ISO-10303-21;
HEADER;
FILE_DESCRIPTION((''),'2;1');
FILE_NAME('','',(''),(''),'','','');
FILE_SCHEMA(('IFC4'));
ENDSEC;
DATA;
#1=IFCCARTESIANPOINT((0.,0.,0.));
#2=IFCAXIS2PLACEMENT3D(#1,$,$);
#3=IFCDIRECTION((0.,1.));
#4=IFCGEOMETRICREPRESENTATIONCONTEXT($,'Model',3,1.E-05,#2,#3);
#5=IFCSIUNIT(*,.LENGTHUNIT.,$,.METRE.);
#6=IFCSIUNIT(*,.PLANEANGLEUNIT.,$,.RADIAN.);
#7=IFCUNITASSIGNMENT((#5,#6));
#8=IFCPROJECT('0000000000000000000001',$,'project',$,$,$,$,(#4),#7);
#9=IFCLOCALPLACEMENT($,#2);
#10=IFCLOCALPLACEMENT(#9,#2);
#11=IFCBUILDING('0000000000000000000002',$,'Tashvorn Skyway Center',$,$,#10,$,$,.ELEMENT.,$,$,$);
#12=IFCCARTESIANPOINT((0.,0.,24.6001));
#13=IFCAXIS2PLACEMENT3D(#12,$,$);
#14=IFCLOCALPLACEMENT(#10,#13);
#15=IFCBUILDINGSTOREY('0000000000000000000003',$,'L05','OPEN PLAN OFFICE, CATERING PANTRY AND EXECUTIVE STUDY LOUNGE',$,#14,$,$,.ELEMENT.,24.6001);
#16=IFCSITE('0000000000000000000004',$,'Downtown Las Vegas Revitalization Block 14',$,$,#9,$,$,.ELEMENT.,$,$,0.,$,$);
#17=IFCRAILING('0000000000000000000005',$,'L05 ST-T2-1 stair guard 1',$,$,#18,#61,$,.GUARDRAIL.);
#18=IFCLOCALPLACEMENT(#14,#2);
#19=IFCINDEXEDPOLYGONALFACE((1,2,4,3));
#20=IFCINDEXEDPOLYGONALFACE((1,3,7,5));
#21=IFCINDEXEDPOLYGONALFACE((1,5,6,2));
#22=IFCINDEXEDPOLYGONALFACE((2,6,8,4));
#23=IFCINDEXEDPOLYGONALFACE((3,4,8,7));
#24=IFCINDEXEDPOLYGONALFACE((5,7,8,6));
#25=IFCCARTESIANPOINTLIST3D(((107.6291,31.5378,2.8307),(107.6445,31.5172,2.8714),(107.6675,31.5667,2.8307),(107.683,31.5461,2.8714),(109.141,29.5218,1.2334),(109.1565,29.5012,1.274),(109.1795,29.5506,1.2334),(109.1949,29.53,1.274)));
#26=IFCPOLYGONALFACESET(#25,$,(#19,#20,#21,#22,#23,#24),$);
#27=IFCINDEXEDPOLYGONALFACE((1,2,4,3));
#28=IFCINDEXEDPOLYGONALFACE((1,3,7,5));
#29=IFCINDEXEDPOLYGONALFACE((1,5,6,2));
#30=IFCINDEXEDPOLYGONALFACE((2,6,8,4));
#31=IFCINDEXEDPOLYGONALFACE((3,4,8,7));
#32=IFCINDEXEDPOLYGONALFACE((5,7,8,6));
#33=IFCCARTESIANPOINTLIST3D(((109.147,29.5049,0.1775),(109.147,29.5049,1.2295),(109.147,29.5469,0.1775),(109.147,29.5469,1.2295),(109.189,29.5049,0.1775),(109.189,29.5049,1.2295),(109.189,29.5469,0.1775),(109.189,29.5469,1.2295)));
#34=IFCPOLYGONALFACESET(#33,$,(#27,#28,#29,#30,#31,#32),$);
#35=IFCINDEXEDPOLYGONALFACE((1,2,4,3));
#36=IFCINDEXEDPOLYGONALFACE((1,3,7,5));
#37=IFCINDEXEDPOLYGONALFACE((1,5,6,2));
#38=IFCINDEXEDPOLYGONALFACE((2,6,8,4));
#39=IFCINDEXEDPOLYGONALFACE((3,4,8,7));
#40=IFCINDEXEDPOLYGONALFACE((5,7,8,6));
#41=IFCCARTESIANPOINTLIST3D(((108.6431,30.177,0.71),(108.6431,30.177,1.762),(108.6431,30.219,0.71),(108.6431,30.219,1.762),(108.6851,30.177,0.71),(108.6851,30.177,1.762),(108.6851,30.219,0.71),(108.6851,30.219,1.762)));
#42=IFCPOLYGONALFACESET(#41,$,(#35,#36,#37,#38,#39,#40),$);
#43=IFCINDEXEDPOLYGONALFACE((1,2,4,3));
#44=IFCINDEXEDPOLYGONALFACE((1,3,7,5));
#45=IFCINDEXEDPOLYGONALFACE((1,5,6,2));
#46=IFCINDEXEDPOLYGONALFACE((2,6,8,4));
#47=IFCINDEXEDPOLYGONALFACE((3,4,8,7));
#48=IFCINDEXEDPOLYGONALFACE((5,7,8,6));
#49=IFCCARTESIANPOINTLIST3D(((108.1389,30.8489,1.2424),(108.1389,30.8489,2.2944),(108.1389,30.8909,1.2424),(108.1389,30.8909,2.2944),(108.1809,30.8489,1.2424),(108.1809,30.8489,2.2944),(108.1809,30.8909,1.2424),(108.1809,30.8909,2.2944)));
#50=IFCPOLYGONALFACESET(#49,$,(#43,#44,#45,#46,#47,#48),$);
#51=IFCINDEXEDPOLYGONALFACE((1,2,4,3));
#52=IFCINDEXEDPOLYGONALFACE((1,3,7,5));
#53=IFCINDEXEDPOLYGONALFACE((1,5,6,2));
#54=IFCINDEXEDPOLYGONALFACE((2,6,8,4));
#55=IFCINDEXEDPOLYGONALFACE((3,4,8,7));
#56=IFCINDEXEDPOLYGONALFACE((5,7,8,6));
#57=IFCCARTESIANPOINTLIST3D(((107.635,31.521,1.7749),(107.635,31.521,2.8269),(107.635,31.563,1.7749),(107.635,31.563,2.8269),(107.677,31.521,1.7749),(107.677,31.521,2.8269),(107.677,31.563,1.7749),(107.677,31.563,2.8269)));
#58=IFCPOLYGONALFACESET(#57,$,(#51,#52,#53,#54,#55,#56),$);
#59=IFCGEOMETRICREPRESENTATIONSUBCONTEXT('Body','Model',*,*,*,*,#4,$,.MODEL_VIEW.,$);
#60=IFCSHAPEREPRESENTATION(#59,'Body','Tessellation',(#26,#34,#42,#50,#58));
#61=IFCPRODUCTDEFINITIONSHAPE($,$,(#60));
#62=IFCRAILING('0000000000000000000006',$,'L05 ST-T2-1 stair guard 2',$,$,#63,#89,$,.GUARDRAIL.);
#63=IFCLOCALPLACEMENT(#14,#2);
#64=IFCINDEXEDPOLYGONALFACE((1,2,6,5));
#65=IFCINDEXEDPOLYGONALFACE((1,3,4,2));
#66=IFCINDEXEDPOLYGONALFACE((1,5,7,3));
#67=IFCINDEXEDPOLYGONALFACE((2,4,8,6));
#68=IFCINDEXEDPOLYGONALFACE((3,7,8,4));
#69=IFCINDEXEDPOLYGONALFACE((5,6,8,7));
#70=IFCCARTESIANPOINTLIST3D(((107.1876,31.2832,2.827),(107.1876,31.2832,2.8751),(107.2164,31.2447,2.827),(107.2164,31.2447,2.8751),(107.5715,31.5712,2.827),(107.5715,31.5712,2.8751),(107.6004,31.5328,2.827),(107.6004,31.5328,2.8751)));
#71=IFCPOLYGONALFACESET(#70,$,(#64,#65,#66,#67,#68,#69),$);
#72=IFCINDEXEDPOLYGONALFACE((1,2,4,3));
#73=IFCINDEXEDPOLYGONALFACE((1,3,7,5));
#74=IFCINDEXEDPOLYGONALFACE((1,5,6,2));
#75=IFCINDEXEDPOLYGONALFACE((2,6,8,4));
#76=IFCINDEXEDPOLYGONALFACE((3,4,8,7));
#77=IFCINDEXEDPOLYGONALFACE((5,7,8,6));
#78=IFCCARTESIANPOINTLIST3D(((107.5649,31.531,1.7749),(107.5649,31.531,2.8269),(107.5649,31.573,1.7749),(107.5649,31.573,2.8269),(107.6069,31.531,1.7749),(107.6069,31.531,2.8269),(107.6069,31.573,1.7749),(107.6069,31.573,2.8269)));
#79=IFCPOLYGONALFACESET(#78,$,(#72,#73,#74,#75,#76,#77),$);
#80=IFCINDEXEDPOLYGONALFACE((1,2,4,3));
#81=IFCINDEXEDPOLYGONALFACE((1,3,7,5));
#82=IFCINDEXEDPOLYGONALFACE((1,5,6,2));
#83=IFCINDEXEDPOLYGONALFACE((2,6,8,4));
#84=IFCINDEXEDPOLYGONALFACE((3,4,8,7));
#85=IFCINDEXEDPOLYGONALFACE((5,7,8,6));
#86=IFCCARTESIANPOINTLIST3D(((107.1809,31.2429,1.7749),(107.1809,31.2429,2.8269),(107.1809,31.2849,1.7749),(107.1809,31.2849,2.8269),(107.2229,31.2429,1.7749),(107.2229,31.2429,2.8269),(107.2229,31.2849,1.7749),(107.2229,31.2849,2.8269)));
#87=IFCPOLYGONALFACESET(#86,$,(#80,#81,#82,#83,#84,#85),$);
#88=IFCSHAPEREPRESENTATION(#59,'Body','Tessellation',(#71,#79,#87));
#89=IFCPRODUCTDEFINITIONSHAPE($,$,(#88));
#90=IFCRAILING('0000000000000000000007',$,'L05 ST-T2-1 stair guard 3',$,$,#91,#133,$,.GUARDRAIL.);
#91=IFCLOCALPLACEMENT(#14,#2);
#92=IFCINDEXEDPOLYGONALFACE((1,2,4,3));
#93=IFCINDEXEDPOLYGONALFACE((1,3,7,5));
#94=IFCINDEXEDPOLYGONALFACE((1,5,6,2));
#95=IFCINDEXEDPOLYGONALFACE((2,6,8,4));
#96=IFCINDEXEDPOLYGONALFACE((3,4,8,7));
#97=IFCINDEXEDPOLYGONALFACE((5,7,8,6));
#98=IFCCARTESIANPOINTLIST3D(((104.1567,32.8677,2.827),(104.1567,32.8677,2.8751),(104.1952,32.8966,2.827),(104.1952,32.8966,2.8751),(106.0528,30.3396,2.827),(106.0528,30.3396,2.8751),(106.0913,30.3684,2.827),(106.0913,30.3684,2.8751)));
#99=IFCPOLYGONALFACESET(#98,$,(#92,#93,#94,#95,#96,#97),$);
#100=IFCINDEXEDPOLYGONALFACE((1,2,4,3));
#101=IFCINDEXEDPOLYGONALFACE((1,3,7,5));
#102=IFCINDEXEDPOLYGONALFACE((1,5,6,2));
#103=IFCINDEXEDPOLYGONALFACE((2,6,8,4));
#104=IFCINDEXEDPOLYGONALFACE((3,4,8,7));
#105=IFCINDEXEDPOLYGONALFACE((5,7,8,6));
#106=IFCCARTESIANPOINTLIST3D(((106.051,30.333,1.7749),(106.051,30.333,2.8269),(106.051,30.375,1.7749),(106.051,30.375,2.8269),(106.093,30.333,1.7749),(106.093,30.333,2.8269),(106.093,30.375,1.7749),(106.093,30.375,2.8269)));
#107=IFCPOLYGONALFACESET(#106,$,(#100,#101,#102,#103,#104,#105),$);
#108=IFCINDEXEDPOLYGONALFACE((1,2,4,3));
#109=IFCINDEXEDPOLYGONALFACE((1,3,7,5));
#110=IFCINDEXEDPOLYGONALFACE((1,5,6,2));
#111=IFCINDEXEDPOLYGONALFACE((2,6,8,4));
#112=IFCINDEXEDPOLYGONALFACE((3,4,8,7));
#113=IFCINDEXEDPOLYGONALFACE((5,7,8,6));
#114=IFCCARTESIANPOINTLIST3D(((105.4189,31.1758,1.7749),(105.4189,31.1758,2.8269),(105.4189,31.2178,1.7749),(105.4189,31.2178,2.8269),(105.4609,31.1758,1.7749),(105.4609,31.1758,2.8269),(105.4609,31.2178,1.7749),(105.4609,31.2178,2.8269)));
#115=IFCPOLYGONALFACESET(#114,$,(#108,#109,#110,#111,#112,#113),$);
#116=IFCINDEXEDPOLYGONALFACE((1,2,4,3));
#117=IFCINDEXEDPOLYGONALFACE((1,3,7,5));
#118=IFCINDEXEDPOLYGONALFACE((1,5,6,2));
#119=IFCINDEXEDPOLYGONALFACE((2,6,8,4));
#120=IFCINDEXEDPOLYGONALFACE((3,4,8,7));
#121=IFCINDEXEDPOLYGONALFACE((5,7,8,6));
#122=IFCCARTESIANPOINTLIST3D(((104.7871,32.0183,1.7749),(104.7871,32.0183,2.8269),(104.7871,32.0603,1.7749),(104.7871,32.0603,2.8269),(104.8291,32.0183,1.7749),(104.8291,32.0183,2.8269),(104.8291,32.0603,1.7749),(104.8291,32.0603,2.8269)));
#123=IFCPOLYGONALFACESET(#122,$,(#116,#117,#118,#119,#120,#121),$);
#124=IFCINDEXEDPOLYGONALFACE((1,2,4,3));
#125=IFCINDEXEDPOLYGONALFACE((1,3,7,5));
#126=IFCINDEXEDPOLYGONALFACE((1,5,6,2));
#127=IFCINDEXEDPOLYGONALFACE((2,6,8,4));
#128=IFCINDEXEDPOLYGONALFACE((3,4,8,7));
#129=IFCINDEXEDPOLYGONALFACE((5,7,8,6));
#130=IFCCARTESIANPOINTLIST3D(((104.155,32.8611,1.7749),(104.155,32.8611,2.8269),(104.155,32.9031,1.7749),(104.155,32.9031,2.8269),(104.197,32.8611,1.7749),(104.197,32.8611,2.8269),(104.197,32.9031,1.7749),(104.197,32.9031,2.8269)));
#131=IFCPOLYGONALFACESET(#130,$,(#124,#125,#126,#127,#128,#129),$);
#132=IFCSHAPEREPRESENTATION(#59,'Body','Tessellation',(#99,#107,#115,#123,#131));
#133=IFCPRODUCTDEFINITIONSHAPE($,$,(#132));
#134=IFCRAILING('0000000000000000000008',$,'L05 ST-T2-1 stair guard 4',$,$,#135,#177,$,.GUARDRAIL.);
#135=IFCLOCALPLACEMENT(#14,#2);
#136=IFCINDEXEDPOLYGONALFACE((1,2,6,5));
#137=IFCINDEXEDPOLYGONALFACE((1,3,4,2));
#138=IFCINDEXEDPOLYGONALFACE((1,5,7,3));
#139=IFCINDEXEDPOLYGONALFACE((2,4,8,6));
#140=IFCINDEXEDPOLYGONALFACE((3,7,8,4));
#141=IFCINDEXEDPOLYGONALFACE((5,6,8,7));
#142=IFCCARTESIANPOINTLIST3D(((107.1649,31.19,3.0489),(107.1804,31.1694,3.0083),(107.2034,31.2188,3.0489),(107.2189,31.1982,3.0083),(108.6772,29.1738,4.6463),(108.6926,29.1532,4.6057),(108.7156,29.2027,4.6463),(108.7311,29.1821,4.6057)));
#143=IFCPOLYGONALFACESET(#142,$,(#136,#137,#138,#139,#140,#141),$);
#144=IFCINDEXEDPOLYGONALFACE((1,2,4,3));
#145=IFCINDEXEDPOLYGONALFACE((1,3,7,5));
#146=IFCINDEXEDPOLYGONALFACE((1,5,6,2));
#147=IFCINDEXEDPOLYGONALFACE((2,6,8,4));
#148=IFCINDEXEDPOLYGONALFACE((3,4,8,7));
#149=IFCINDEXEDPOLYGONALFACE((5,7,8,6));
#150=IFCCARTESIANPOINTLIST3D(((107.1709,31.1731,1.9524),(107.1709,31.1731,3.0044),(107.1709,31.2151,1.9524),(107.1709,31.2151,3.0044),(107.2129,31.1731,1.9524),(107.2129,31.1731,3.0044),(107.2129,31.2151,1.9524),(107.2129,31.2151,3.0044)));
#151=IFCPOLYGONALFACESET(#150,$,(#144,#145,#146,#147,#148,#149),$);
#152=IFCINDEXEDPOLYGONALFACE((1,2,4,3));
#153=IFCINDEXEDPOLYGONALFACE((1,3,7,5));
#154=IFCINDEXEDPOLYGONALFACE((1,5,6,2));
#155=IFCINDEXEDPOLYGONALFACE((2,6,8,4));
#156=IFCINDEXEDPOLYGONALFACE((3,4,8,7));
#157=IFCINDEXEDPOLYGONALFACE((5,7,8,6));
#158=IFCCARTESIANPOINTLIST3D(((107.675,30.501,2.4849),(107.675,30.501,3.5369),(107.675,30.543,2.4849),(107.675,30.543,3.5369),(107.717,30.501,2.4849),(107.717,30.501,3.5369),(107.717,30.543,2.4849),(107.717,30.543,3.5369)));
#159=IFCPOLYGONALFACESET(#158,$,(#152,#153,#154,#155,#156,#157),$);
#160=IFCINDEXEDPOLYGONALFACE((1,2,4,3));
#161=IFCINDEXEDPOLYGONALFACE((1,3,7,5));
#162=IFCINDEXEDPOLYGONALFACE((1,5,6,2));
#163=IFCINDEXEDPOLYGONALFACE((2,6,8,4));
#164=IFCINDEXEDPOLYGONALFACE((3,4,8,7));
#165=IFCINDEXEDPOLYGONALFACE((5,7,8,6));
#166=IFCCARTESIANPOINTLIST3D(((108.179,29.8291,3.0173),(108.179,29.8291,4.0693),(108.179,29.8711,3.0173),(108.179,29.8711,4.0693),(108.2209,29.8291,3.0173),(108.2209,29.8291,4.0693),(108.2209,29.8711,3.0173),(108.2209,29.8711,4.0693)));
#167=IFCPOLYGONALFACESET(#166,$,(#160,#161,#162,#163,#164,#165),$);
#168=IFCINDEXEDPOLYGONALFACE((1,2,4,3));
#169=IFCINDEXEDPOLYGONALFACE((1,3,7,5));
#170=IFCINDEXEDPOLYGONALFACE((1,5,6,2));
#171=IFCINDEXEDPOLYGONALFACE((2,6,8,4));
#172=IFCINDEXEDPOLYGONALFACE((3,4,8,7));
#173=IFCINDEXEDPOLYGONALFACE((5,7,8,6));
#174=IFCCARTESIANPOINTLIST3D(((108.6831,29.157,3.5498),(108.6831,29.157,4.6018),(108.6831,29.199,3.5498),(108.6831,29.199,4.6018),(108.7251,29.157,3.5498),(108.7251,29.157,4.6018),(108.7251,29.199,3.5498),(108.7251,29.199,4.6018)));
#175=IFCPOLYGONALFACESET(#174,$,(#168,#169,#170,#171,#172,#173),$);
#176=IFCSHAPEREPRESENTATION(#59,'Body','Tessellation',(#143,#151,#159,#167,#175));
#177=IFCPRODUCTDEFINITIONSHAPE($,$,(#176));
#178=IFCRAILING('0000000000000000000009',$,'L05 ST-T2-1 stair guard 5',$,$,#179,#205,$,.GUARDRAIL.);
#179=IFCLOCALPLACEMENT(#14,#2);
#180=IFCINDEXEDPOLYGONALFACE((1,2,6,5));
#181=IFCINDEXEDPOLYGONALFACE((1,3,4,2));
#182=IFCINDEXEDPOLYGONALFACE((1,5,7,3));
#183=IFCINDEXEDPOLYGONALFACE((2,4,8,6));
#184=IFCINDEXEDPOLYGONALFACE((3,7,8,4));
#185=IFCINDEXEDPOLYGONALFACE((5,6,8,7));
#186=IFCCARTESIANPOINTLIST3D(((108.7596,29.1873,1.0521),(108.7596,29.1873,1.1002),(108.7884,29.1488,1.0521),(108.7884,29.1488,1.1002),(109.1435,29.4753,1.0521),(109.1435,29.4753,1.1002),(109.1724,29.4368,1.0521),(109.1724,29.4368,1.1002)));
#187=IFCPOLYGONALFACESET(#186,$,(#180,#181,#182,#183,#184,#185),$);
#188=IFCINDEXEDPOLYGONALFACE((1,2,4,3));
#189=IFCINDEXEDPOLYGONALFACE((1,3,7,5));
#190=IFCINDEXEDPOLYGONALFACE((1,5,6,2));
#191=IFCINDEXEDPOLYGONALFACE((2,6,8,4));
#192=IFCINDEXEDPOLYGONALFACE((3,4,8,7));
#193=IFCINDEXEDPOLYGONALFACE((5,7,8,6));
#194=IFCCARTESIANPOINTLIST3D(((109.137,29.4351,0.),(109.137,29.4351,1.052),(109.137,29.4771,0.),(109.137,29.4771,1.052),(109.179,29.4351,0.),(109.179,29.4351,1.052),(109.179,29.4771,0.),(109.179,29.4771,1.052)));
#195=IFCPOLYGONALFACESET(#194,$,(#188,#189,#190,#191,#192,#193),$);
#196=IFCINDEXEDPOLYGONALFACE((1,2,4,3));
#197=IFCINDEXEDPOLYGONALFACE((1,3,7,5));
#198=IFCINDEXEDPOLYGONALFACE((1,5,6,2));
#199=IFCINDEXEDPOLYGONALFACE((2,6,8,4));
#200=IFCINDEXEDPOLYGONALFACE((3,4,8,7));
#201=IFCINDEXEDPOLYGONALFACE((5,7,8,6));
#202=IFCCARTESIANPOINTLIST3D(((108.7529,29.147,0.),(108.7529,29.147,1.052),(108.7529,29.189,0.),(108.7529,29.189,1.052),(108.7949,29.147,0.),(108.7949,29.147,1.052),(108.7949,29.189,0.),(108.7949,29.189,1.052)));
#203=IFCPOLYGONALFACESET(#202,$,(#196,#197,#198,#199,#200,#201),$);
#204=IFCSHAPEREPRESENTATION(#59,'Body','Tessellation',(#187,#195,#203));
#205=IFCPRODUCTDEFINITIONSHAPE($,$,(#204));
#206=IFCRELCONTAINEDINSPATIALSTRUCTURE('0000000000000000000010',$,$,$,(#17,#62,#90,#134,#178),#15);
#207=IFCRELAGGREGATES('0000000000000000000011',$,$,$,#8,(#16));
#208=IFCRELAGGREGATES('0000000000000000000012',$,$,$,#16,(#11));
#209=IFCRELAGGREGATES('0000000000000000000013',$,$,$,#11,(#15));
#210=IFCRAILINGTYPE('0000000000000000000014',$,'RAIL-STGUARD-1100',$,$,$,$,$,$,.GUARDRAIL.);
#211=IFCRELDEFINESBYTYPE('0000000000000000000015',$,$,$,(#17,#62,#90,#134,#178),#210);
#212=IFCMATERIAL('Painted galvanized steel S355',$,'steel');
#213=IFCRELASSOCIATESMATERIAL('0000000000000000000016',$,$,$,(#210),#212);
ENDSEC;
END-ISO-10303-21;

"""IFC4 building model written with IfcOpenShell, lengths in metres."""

from ifc_helpers import new_model, si_unit, direction, frame, origin, origin_2d, place, context, subcontext, project, spatial, rectangle, extrude, material, type_object, element, save


model = new_model("IFC4")

# Units and contexts
model_context = context("Model", 3, precision=1e-05, world=origin(), true_north=direction((0.0, 1.0)))
body_context = subcontext(model_context, "Body", "Model", "MODEL_VIEW")
ifc_project = project(units=[si_unit("LENGTHUNIT", "METRE"), si_unit("PLANEANGLEUNIT", "RADIAN")], contexts=[model_context])

# Site, building, storey
site_placement = place(None, origin())
site = spatial("IfcSite", under=ifc_project, at=site_placement, Name="Downtown Las Vegas Revitalization Block 14", CompositionType="ELEMENT", RefElevation=0.0)
building_placement = place(site_placement, origin())
building = spatial("IfcBuilding", under=site, at=building_placement, Name="Tashvorn Skyway Center", CompositionType="ELEMENT")
storey_placement = place(building_placement, frame((0.0, 0.0, 24.6001)))
storey = spatial("IfcBuildingStorey", under=building, at=storey_placement, Name="L05", Description="OPEN PLAN OFFICE, CATERING PANTRY AND EXECUTIVE STUDY LOUNGE", CompositionType="ELEMENT", Elevation=24.6001)

# Railings
ifc_material_1 = material(Name="Painted galvanized steel S355", Category="steel")
railing_type_1 = type_object("IfcRailingType", Name="RAIL-STGUARD-1100", PredefinedType="GUARDRAIL", material=ifc_material_1)
railing_1_placement = place(storey_placement, frame((109.168, 29.5259, 0.1775)))
element("IfcRailing", 1, at=railing_1_placement, inside=storey, type_object=railing_type_1, Name="L05 ST-T2-1 stair guard 1", PredefinedType="GUARDRAIL", context=body_context, shape_type="SweptSolid", body=[
    extrude(rectangle(XDim=0.0481, YDim=0.0481, at=origin_2d()), frame((0.0, 0.0, 1.0762), z_axis=(-0.506741, 0.675709, 0.535379), x_axis=(-0.800023, -0.599969, 0.0)), (0.0, 0.0, 1.0), 2.9836),
    extrude(rectangle(XDim=0.042, YDim=0.042, at=origin_2d()), origin(), (0.0, 0.0, 1.0), 1.052),
    extrude(rectangle(XDim=0.042, YDim=0.042, at=origin_2d()), frame((-0.5039, 0.6721, 0.5325)), (0.0, 0.0, 1.0), 1.052),
    extrude(rectangle(XDim=0.042, YDim=0.042, at=origin_2d()), frame((-1.0081, 1.344, 1.0649)), (0.0, 0.0, 1.0), 1.052),
    extrude(rectangle(XDim=0.042, YDim=0.042, at=origin_2d()), frame((-1.512, 2.0161, 1.5974)), (0.0, 0.0, 1.0), 1.052),
])
railing_2_placement = place(storey_placement, frame((107.5859, 31.552, 1.7749)))
element("IfcRailing", 2, at=railing_2_placement, inside=storey, type_object=railing_type_1, Name="L05 ST-T2-1 stair guard 2", PredefinedType="GUARDRAIL", context=body_context, shape_type="SweptSolid", body=[
    extrude(rectangle(XDim=0.0481, YDim=0.0481, at=origin_2d()), frame((0.0, 0.0, 1.0762), z_axis=(-0.799939, -0.600081, 0.0), x_axis=(0.600081, -0.799939, 0.0)), (0.0, 0.0, 1.0), 0.48),
    extrude(rectangle(XDim=0.042, YDim=0.042, at=origin_2d()), origin(), (0.0, 0.0, 1.0), 1.052),
    extrude(rectangle(XDim=0.042, YDim=0.042, at=origin_2d()), frame((-0.384, -0.2881, 0.0)), (0.0, 0.0, 1.0), 1.052),
])
railing_3_placement = place(storey_placement, frame((106.072, 30.354, 1.7749)))
element("IfcRailing", 3, at=railing_3_placement, inside=storey, type_object=railing_type_1, Name="L05 ST-T2-1 stair guard 3", PredefinedType="GUARDRAIL", context=body_context, shape_type="SweptSolid", body=[
    extrude(rectangle(XDim=0.0481, YDim=0.0481, at=origin_2d()), frame((0.0, 0.0, 1.0762), z_axis=(-0.599988, 0.800009, 0.0), x_axis=(-0.800009, -0.599988, 0.0)), (0.0, 0.0, 1.0), 3.1602),
    extrude(rectangle(XDim=0.042, YDim=0.042, at=origin_2d()), origin(), (0.0, 0.0, 1.0), 1.052),
    extrude(rectangle(XDim=0.042, YDim=0.042, at=origin_2d()), frame((-0.6321, 0.8428, 0.0)), (0.0, 0.0, 1.0), 1.052),
    extrude(rectangle(XDim=0.042, YDim=0.042, at=origin_2d()), frame((-1.2639, 1.6853, 0.0)), (0.0, 0.0, 1.0), 1.052),
    extrude(rectangle(XDim=0.042, YDim=0.042, at=origin_2d()), frame((-1.896, 2.5281, 0.0)), (0.0, 0.0, 1.0), 1.052),
])
railing_4_placement = place(storey_placement, frame((107.1919, 31.1941, 1.9524)))
element("IfcRailing", 4, at=railing_4_placement, inside=storey, type_object=railing_type_1, Name="L05 ST-T2-1 stair guard 4", PredefinedType="GUARDRAIL", context=body_context, shape_type="SweptSolid", body=[
    extrude(rectangle(XDim=0.0481, YDim=0.0481, at=origin_2d()), frame((0.0, 0.0, 1.0762), z_axis=(0.506802, -0.675681, 0.535357), x_axis=(0.799977, 0.600031, 0.0)), (0.0, 0.0, 1.0), 2.9839),
    extrude(rectangle(XDim=0.042, YDim=0.042, at=origin_2d()), origin(), (0.0, 0.0, 1.0), 1.052),
    extrude(rectangle(XDim=0.042, YDim=0.042, at=origin_2d()), frame((0.5042, -0.6721, 0.5325)), (0.0, 0.0, 1.0), 1.052),
    extrude(rectangle(XDim=0.042, YDim=0.042, at=origin_2d()), frame((1.0081, -1.344, 1.0649)), (0.0, 0.0, 1.0), 1.052),
    extrude(rectangle(XDim=0.042, YDim=0.042, at=origin_2d()), frame((1.5122, -2.0161, 1.5974)), (0.0, 0.0, 1.0), 1.052),
])
railing_5_placement = place(storey_placement, frame((109.158, 29.4561, 0.0)))
element("IfcRailing", 5, at=railing_5_placement, inside=storey, type_object=railing_type_1, Name="L05 ST-T2-1 stair guard 5", PredefinedType="GUARDRAIL", context=body_context, shape_type="SweptSolid", body=[
    extrude(rectangle(XDim=0.0481, YDim=0.0481, at=origin_2d()), frame((0.0, 0.0, 1.0762), z_axis=(-0.799939, -0.600081, 0.0), x_axis=(0.600081, -0.799939, 0.0)), (0.0, 0.0, 1.0), 0.48),
    extrude(rectangle(XDim=0.042, YDim=0.042, at=origin_2d()), origin(), (0.0, 0.0, 1.0), 1.052),
    extrude(rectangle(XDim=0.042, YDim=0.042, at=origin_2d()), frame((-0.384, -0.2881, 0.0)), (0.0, 0.0, 1.0), 1.052),
])

save(model, "model.ifc")
